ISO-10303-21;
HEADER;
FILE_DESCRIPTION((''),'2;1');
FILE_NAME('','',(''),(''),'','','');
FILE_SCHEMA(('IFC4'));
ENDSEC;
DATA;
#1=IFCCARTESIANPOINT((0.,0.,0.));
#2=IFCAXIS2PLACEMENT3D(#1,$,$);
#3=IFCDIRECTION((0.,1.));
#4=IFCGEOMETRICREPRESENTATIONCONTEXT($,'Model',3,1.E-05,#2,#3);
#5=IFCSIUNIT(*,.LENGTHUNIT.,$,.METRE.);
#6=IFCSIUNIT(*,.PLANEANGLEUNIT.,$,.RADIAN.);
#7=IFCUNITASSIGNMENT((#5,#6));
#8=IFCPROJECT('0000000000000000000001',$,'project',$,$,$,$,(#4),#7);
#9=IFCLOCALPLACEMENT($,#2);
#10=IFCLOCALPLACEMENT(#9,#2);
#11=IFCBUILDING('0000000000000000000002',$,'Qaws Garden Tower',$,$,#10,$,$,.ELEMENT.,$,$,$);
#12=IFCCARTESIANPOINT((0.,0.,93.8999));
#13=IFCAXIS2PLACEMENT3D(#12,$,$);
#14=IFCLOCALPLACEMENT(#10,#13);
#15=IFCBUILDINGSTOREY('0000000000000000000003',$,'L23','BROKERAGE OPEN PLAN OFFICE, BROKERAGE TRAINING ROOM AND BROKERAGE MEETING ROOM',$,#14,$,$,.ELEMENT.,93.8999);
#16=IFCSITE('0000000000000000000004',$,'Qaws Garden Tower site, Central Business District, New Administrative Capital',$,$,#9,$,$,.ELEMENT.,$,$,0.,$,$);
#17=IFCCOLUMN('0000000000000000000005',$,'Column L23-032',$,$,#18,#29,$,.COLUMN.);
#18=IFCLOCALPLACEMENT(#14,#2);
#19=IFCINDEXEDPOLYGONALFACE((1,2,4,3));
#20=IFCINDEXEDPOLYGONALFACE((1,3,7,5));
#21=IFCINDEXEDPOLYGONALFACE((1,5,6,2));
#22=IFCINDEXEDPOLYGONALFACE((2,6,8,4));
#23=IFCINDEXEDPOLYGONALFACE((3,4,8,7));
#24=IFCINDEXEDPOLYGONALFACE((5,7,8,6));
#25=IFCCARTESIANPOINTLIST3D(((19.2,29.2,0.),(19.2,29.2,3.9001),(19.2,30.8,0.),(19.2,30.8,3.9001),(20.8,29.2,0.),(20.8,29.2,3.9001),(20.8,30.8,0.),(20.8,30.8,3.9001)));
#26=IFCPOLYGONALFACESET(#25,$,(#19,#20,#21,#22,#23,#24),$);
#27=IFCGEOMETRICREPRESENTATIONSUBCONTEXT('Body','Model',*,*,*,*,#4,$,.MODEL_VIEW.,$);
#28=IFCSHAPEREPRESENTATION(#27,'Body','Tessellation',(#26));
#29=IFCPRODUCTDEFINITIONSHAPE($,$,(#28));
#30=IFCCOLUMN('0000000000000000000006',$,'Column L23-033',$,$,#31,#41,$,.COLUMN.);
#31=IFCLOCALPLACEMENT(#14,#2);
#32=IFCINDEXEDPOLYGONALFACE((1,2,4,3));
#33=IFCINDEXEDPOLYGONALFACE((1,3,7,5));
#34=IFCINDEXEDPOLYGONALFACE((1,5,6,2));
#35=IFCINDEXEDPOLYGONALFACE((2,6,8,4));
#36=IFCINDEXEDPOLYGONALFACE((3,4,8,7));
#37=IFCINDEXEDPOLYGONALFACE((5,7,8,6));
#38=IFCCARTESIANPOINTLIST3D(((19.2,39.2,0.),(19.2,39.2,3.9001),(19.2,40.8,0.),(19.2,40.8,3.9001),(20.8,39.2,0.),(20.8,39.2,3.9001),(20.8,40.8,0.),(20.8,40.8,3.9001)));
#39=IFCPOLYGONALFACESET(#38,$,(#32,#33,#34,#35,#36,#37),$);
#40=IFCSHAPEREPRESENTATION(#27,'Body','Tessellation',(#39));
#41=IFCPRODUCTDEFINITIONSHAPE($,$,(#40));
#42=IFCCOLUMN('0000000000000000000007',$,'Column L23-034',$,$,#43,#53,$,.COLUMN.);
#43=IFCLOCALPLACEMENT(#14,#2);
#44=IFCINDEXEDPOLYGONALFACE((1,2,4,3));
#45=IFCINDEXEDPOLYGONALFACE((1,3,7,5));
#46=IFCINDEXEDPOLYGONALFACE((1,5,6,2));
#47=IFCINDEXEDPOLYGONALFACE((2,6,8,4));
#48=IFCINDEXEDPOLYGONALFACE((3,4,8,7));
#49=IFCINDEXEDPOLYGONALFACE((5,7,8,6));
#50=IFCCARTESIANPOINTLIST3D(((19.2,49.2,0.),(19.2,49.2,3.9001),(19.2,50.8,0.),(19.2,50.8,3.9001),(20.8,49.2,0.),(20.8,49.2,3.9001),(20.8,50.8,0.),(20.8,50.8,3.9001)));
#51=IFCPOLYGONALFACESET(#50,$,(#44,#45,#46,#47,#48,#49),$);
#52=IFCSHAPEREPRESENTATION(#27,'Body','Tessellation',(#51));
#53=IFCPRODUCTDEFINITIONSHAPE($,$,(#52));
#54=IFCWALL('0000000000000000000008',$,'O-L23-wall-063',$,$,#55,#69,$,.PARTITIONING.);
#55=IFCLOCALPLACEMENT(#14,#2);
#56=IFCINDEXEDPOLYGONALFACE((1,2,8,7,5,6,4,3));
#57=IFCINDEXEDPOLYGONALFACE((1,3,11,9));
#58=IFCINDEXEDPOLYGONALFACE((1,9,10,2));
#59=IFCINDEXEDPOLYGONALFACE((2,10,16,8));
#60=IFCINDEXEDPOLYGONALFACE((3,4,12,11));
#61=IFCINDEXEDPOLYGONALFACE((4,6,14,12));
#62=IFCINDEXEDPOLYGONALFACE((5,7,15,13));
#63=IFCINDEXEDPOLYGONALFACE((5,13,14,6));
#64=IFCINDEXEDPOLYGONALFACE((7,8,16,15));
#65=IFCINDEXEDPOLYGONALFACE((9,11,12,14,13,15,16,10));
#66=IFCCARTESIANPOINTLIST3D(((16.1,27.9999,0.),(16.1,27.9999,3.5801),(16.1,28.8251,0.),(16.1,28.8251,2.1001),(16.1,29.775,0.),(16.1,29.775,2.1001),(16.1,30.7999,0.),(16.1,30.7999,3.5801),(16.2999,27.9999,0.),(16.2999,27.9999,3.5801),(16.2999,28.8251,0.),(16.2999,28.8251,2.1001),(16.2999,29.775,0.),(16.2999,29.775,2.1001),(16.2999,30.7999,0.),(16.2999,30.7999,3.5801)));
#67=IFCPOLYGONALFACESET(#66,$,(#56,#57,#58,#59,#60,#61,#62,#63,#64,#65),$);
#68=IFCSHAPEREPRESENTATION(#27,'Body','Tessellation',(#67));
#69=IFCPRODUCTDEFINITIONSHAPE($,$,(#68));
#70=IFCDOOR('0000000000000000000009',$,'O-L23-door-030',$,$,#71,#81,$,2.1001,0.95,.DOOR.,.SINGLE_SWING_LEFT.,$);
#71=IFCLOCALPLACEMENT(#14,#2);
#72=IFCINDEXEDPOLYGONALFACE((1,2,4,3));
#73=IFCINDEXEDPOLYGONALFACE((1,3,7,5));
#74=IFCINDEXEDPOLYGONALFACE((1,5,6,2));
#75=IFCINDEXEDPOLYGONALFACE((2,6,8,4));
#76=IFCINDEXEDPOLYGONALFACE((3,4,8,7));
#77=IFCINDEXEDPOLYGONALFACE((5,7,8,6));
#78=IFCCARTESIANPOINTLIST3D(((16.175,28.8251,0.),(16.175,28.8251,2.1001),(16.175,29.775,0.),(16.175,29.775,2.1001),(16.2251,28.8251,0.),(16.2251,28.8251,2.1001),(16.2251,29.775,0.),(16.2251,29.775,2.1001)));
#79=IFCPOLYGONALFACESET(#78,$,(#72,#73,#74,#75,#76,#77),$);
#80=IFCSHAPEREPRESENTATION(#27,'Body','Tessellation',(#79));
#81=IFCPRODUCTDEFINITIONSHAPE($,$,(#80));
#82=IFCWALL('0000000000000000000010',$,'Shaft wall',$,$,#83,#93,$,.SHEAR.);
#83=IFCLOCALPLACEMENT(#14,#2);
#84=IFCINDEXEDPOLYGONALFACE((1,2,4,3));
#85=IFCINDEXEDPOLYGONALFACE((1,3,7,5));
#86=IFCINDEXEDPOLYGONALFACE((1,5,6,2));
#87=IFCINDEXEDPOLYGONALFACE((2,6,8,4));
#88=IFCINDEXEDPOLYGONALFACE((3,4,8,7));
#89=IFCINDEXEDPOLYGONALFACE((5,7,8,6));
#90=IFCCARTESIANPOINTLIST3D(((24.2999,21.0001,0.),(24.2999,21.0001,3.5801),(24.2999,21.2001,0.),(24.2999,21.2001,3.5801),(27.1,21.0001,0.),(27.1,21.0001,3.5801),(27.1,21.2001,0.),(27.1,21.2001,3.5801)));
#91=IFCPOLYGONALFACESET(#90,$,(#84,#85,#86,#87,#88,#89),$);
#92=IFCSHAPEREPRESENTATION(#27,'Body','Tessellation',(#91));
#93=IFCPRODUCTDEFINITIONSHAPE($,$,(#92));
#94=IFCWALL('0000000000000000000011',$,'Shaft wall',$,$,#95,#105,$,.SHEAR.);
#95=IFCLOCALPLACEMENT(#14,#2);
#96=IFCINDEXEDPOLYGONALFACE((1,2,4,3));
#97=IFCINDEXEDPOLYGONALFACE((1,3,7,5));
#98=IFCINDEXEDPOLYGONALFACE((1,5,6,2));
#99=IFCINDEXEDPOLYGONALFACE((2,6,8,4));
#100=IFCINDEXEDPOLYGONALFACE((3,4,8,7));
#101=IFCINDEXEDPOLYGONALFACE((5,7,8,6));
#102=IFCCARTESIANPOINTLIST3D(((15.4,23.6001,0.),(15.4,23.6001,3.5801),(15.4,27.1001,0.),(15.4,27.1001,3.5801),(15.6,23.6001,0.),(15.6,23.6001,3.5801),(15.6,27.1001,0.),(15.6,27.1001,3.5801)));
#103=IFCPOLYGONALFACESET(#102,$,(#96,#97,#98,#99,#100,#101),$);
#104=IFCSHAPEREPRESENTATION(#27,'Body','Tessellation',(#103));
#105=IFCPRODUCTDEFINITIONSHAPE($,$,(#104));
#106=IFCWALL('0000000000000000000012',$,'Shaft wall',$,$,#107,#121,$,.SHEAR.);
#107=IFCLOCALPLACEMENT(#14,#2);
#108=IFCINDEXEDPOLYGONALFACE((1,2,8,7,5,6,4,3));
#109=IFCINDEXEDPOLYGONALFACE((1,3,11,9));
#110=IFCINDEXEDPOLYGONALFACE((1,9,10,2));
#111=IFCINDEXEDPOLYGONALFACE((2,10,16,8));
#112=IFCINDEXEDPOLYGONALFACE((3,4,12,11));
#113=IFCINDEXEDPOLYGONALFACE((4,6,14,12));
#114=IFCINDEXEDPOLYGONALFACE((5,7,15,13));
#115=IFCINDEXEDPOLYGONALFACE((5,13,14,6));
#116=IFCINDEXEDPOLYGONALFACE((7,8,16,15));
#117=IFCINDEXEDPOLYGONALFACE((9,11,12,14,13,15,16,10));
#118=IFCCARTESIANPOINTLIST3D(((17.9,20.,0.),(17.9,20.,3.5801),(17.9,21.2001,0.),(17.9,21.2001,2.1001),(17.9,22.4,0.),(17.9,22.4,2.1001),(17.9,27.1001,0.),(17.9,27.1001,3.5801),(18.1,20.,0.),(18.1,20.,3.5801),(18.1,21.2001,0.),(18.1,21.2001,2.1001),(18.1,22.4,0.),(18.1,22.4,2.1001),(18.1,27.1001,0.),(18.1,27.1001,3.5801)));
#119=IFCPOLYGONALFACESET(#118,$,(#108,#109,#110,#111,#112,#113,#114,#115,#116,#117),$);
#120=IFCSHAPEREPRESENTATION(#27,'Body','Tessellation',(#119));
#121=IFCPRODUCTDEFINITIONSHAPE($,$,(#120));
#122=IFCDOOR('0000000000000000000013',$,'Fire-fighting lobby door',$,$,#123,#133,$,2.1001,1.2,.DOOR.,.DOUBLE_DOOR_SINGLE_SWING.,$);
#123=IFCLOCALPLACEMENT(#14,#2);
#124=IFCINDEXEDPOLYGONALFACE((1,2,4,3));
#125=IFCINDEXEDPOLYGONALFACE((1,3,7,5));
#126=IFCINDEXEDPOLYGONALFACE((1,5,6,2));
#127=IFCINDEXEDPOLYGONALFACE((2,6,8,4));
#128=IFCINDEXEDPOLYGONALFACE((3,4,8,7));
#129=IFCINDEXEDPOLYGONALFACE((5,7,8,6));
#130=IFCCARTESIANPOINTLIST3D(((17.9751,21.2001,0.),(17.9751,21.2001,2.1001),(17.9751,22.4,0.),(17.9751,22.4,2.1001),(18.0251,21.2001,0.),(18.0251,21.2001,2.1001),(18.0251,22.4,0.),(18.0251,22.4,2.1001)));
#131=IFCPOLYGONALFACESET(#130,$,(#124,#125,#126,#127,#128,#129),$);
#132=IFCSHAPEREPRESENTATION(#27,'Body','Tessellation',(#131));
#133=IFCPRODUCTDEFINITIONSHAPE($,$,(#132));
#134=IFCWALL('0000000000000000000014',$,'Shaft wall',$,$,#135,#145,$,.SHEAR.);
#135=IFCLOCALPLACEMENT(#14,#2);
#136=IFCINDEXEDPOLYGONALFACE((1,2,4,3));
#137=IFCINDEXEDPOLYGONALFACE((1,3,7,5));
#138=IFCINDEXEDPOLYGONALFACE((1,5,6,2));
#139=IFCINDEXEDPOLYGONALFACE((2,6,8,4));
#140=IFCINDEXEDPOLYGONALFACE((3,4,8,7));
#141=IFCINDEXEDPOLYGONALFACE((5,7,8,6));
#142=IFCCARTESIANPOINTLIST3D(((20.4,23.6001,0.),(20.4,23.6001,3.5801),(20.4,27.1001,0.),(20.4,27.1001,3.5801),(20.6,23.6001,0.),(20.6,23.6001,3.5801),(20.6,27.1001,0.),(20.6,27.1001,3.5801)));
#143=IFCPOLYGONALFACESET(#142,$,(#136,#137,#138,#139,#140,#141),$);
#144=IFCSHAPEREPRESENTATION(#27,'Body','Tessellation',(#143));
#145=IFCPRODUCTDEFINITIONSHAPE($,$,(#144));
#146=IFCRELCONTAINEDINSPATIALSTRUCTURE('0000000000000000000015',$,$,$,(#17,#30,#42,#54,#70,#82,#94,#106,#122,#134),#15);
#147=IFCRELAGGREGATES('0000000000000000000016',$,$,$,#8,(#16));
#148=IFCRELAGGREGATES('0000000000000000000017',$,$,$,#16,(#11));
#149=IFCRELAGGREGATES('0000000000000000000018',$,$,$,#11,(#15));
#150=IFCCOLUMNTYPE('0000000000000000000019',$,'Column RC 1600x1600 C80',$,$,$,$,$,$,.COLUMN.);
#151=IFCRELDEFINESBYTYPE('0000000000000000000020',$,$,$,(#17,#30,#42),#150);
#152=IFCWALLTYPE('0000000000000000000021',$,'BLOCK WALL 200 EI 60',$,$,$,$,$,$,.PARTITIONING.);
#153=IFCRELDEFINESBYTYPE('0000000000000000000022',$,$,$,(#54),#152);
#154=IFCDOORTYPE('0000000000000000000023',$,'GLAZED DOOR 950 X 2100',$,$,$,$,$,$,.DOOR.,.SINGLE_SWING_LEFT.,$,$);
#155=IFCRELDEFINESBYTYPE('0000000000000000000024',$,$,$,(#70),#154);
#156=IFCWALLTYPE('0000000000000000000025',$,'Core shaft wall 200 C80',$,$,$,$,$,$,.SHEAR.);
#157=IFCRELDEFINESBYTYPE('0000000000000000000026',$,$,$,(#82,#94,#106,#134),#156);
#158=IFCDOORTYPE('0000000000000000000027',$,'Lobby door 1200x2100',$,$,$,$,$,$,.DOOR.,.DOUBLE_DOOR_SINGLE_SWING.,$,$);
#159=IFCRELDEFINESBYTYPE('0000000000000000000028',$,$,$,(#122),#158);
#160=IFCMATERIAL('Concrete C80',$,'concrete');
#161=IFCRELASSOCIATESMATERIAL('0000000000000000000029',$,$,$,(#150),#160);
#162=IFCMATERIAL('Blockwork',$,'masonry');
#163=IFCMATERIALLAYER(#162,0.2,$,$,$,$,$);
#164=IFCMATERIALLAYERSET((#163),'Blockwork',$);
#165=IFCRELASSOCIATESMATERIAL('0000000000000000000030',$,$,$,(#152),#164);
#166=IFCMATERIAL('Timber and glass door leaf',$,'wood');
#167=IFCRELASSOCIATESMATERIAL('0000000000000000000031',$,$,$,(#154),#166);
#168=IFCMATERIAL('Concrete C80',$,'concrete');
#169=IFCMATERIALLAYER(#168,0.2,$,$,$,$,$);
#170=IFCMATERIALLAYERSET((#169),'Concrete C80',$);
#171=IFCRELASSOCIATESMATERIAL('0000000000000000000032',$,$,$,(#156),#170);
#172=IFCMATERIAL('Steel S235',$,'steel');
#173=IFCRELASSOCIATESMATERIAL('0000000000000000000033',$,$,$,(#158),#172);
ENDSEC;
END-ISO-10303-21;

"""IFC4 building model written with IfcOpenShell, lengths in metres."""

from ifc_helpers import new_model, si_unit, direction, frame, frame_2d, origin, origin_2d, place, context, subcontext, project, spatial, rectangle, extrude, material, layer, layer_set, material_profile, profile_set, type_object, element, fill, save


model = new_model("IFC4")

# Units and contexts
model_context = context("Model", 3, precision=1e-05, world=origin(), true_north=direction((0.0, 1.0)))
body_context = subcontext(model_context, "Body", "Model", "MODEL_VIEW")
ifc_project = project(units=[si_unit("LENGTHUNIT", "METRE"), si_unit("PLANEANGLEUNIT", "RADIAN")], contexts=[model_context])

# Site, building, storey
site_placement = place(None, origin())
site = spatial("IfcSite", under=ifc_project, at=site_placement, Name="Qaws Garden Tower site, Central Business District, New Administrative Capital", CompositionType="ELEMENT", RefElevation=0.0)
building_placement = place(site_placement, origin())
building = spatial("IfcBuilding", under=site, at=building_placement, Name="Qaws Garden Tower", CompositionType="ELEMENT")
storey_placement = place(building_placement, frame((0.0, 0.0, 93.8999)))
storey = spatial("IfcBuildingStorey", under=building, at=storey_placement, Name="L23", Description="BROKERAGE OPEN PLAN OFFICE, BROKERAGE TRAINING ROOM AND BROKERAGE MEETING ROOM", CompositionType="ELEMENT", Elevation=93.8999)

# Columns
ifc_material_1 = material(Name="Concrete C80", Category="concrete")
ifc_material_profile = material_profile(ifc_material_1, rectangle(XDim=1.6001, YDim=1.6001, at=origin_2d()), Name="RC 1600x1600")
ifc_profile_set = profile_set([ifc_material_profile], Name="Concrete C80")
column_type = type_object("IfcColumnType", Name="Column RC 1600x1600 C80", PredefinedType="COLUMN", material=ifc_profile_set)
for number, where, z_axis, x_axis, name in (
    (1, (20.0, 30.0, 0.0), (0.0, 0.0, 1.0), (1.0, 0.0, 0.0), "Column L23-032"),
    (2, (20.0, 40.0, 0.0), (0.0, 0.0, 1.0), (1.0, 0.0, 0.0), "Column L23-033"),
    (3, (20.0, 50.0, 0.0), (0.0, 0.0, 1.0), (1.0, 0.0, 0.0), "Column L23-034"),
):
    element("IfcColumn", number, at=place(storey_placement, frame(where, z_axis=z_axis, x_axis=x_axis)), inside=storey, type_object=column_type, Name=name, PredefinedType="COLUMN", context=body_context, shape_type="SweptSolid", body=[
        extrude(rectangle(XDim=1.6001, YDim=1.6001, at=origin_2d()), origin(), (0.0, 0.0, 1.0), 3.9001),
    ])

# Wall, opening, door
ifc_material_2 = material(Name="Blockwork", Category="masonry")
ifc_layer_1 = layer(ifc_material_2, 0.2)
ifc_layer_set_1 = layer_set([ifc_layer_1], Name="Blockwork")
wall_type_1 = type_object("IfcWallType", Name="BLOCK WALL 200 EI 60", PredefinedType="PARTITIONING", material=ifc_layer_set_1)
wall_1_placement = place(storey_placement, frame((16.2, 28.0, 0.0), z_axis=(0.0, 0.0, 1.0), x_axis=(0.0, 1.0, 0.0)))
wall_1 = element("IfcWall", 4, at=wall_1_placement, inside=storey, type_object=wall_type_1, Name="O-L23-wall-063", PredefinedType="PARTITIONING", context=body_context, shape_type="SweptSolid", body=[
    extrude(rectangle(XDim=2.8, YDim=0.2, at=frame_2d((1.3999, 0.0))), origin(), (0.0, 0.0, 1.0), 3.5801),
])
opening_1_placement = place(wall_1_placement, frame((0.825, 0.0, 0.0)))
opening_1 = element("IfcOpeningElement", 5, at=opening_1_placement, cuts=wall_1, PredefinedType="OPENING", context=body_context, shape_type="SweptSolid", body=[
    extrude(rectangle(XDim=0.95, YDim=2.1001, at=frame_2d((0.4751, 1.05))), frame((0.0, 0.1099, 0.0), z_axis=(0.0, -1.0, 0.0), x_axis=(1.0, 0.0, 0.0)), (0.0, 0.0, 1.0), 0.22),
])
ifc_material_3 = material(Name="Timber and glass door leaf", Category="wood")
door_type_1 = type_object("IfcDoorType", Name="GLAZED DOOR 950 X 2100", OperationType="SINGLE_SWING_LEFT", PredefinedType="DOOR", material=ifc_material_3)
door_1_placement = place(opening_1_placement, origin())
door_1 = element("IfcDoor", 6, at=door_1_placement, inside=storey, type_object=door_type_1, Name="O-L23-door-030", OperationType="SINGLE_SWING_LEFT", OverallHeight=2.1001, OverallWidth=0.95, PredefinedType="DOOR", context=body_context, shape_type="SweptSolid", body=[
    extrude(rectangle(XDim=0.95, YDim=2.1001, at=frame_2d((0.4751, 1.05))), frame((0.0, 0.0249, 0.0), z_axis=(0.0, -1.0, 0.0), x_axis=(1.0, 0.0, 0.0)), (0.0, 0.0, 1.0), 0.05),
])
fill(opening_1, door_1)

# Walls
ifc_material_4 = material(Name="Concrete C80", Category="concrete")
ifc_layer_2 = layer(ifc_material_4, 0.2)
ifc_layer_set_2 = layer_set([ifc_layer_2], Name="Concrete C80")
wall_type_2 = type_object("IfcWallType", Name="Core shaft wall 200 C80", PredefinedType="SHEAR", material=ifc_layer_set_2)
wall_2_placement = place(storey_placement, frame((24.3, 21.1001, 0.0), z_axis=(0.0, 0.0, 1.0), x_axis=(1.0, 0.0, 0.0)))
element("IfcWall", 7, at=wall_2_placement, inside=storey, type_object=wall_type_2, Name="Shaft wall", PredefinedType="SHEAR", context=body_context, shape_type="SweptSolid", body=[
    extrude(rectangle(XDim=2.8, YDim=0.2, at=frame_2d((1.3999, 0.0))), origin(), (0.0, 0.0, 1.0), 3.5801),
])
wall_3_placement = place(storey_placement, frame((15.5, 23.6001, 0.0), z_axis=(0.0, 0.0, 1.0), x_axis=(0.0, 1.0, 0.0)))
element("IfcWall", 8, at=wall_3_placement, inside=storey, type_object=wall_type_2, Name="Shaft wall", PredefinedType="SHEAR", context=body_context, shape_type="SweptSolid", body=[
    extrude(rectangle(XDim=3.5, YDim=0.2, at=frame_2d((1.75, 0.0))), origin(), (0.0, 0.0, 1.0), 3.5801),
])

# Wall, opening, door
wall_4_placement = place(storey_placement, frame((18.0, 20.0, 0.0), z_axis=(0.0, 0.0, 1.0), x_axis=(0.0, 1.0, 0.0)))
wall_4 = element("IfcWall", 9, at=wall_4_placement, inside=storey, type_object=wall_type_2, Name="Shaft wall", PredefinedType="SHEAR", context=body_context, shape_type="SweptSolid", body=[
    extrude(rectangle(XDim=7.1001, YDim=0.2, at=frame_2d((3.55, 0.0))), origin(), (0.0, 0.0, 1.0), 3.5801),
])
opening_2_placement = place(wall_4_placement, frame((1.2, 0.0, 0.0)))
opening_2 = element("IfcOpeningElement", 10, at=opening_2_placement, cuts=wall_4, PredefinedType="OPENING", context=body_context, shape_type="SweptSolid", body=[
    extrude(rectangle(XDim=1.2, YDim=2.1001, at=frame_2d((0.6001, 1.05))), frame((0.0, 0.1099, 0.0), z_axis=(0.0, -1.0, 0.0), x_axis=(1.0, 0.0, 0.0)), (0.0, 0.0, 1.0), 0.22),
])
ifc_material_5 = material(Name="Steel S235", Category="steel")
door_type_2 = type_object("IfcDoorType", Name="Lobby door 1200x2100", OperationType="DOUBLE_DOOR_SINGLE_SWING", PredefinedType="DOOR", material=ifc_material_5)
door_2_placement = place(opening_2_placement, origin())
door_2 = element("IfcDoor", 11, at=door_2_placement, inside=storey, type_object=door_type_2, Name="Fire-fighting lobby door", OperationType="DOUBLE_DOOR_SINGLE_SWING", OverallHeight=2.1001, OverallWidth=1.2, PredefinedType="DOOR", context=body_context, shape_type="SweptSolid", body=[
    extrude(rectangle(XDim=1.2, YDim=2.1001, at=frame_2d((0.6001, 1.05))), frame((0.0, 0.0249, 0.0), z_axis=(0.0, -1.0, 0.0), x_axis=(1.0, 0.0, 0.0)), (0.0, 0.0, 1.0), 0.05),
])
fill(opening_2, door_2)

# Wall
wall_5_placement = place(storey_placement, frame((20.5, 23.6001, 0.0), z_axis=(0.0, 0.0, 1.0), x_axis=(0.0, 1.0, 0.0)))
element("IfcWall", 12, at=wall_5_placement, inside=storey, type_object=wall_type_2, Name="Shaft wall", PredefinedType="SHEAR", context=body_context, shape_type="SweptSolid", body=[
    extrude(rectangle(XDim=3.5, YDim=0.2, at=frame_2d((1.75, 0.0))), origin(), (0.0, 0.0, 1.0), 3.5801),
])

save(model, "model.ifc")
